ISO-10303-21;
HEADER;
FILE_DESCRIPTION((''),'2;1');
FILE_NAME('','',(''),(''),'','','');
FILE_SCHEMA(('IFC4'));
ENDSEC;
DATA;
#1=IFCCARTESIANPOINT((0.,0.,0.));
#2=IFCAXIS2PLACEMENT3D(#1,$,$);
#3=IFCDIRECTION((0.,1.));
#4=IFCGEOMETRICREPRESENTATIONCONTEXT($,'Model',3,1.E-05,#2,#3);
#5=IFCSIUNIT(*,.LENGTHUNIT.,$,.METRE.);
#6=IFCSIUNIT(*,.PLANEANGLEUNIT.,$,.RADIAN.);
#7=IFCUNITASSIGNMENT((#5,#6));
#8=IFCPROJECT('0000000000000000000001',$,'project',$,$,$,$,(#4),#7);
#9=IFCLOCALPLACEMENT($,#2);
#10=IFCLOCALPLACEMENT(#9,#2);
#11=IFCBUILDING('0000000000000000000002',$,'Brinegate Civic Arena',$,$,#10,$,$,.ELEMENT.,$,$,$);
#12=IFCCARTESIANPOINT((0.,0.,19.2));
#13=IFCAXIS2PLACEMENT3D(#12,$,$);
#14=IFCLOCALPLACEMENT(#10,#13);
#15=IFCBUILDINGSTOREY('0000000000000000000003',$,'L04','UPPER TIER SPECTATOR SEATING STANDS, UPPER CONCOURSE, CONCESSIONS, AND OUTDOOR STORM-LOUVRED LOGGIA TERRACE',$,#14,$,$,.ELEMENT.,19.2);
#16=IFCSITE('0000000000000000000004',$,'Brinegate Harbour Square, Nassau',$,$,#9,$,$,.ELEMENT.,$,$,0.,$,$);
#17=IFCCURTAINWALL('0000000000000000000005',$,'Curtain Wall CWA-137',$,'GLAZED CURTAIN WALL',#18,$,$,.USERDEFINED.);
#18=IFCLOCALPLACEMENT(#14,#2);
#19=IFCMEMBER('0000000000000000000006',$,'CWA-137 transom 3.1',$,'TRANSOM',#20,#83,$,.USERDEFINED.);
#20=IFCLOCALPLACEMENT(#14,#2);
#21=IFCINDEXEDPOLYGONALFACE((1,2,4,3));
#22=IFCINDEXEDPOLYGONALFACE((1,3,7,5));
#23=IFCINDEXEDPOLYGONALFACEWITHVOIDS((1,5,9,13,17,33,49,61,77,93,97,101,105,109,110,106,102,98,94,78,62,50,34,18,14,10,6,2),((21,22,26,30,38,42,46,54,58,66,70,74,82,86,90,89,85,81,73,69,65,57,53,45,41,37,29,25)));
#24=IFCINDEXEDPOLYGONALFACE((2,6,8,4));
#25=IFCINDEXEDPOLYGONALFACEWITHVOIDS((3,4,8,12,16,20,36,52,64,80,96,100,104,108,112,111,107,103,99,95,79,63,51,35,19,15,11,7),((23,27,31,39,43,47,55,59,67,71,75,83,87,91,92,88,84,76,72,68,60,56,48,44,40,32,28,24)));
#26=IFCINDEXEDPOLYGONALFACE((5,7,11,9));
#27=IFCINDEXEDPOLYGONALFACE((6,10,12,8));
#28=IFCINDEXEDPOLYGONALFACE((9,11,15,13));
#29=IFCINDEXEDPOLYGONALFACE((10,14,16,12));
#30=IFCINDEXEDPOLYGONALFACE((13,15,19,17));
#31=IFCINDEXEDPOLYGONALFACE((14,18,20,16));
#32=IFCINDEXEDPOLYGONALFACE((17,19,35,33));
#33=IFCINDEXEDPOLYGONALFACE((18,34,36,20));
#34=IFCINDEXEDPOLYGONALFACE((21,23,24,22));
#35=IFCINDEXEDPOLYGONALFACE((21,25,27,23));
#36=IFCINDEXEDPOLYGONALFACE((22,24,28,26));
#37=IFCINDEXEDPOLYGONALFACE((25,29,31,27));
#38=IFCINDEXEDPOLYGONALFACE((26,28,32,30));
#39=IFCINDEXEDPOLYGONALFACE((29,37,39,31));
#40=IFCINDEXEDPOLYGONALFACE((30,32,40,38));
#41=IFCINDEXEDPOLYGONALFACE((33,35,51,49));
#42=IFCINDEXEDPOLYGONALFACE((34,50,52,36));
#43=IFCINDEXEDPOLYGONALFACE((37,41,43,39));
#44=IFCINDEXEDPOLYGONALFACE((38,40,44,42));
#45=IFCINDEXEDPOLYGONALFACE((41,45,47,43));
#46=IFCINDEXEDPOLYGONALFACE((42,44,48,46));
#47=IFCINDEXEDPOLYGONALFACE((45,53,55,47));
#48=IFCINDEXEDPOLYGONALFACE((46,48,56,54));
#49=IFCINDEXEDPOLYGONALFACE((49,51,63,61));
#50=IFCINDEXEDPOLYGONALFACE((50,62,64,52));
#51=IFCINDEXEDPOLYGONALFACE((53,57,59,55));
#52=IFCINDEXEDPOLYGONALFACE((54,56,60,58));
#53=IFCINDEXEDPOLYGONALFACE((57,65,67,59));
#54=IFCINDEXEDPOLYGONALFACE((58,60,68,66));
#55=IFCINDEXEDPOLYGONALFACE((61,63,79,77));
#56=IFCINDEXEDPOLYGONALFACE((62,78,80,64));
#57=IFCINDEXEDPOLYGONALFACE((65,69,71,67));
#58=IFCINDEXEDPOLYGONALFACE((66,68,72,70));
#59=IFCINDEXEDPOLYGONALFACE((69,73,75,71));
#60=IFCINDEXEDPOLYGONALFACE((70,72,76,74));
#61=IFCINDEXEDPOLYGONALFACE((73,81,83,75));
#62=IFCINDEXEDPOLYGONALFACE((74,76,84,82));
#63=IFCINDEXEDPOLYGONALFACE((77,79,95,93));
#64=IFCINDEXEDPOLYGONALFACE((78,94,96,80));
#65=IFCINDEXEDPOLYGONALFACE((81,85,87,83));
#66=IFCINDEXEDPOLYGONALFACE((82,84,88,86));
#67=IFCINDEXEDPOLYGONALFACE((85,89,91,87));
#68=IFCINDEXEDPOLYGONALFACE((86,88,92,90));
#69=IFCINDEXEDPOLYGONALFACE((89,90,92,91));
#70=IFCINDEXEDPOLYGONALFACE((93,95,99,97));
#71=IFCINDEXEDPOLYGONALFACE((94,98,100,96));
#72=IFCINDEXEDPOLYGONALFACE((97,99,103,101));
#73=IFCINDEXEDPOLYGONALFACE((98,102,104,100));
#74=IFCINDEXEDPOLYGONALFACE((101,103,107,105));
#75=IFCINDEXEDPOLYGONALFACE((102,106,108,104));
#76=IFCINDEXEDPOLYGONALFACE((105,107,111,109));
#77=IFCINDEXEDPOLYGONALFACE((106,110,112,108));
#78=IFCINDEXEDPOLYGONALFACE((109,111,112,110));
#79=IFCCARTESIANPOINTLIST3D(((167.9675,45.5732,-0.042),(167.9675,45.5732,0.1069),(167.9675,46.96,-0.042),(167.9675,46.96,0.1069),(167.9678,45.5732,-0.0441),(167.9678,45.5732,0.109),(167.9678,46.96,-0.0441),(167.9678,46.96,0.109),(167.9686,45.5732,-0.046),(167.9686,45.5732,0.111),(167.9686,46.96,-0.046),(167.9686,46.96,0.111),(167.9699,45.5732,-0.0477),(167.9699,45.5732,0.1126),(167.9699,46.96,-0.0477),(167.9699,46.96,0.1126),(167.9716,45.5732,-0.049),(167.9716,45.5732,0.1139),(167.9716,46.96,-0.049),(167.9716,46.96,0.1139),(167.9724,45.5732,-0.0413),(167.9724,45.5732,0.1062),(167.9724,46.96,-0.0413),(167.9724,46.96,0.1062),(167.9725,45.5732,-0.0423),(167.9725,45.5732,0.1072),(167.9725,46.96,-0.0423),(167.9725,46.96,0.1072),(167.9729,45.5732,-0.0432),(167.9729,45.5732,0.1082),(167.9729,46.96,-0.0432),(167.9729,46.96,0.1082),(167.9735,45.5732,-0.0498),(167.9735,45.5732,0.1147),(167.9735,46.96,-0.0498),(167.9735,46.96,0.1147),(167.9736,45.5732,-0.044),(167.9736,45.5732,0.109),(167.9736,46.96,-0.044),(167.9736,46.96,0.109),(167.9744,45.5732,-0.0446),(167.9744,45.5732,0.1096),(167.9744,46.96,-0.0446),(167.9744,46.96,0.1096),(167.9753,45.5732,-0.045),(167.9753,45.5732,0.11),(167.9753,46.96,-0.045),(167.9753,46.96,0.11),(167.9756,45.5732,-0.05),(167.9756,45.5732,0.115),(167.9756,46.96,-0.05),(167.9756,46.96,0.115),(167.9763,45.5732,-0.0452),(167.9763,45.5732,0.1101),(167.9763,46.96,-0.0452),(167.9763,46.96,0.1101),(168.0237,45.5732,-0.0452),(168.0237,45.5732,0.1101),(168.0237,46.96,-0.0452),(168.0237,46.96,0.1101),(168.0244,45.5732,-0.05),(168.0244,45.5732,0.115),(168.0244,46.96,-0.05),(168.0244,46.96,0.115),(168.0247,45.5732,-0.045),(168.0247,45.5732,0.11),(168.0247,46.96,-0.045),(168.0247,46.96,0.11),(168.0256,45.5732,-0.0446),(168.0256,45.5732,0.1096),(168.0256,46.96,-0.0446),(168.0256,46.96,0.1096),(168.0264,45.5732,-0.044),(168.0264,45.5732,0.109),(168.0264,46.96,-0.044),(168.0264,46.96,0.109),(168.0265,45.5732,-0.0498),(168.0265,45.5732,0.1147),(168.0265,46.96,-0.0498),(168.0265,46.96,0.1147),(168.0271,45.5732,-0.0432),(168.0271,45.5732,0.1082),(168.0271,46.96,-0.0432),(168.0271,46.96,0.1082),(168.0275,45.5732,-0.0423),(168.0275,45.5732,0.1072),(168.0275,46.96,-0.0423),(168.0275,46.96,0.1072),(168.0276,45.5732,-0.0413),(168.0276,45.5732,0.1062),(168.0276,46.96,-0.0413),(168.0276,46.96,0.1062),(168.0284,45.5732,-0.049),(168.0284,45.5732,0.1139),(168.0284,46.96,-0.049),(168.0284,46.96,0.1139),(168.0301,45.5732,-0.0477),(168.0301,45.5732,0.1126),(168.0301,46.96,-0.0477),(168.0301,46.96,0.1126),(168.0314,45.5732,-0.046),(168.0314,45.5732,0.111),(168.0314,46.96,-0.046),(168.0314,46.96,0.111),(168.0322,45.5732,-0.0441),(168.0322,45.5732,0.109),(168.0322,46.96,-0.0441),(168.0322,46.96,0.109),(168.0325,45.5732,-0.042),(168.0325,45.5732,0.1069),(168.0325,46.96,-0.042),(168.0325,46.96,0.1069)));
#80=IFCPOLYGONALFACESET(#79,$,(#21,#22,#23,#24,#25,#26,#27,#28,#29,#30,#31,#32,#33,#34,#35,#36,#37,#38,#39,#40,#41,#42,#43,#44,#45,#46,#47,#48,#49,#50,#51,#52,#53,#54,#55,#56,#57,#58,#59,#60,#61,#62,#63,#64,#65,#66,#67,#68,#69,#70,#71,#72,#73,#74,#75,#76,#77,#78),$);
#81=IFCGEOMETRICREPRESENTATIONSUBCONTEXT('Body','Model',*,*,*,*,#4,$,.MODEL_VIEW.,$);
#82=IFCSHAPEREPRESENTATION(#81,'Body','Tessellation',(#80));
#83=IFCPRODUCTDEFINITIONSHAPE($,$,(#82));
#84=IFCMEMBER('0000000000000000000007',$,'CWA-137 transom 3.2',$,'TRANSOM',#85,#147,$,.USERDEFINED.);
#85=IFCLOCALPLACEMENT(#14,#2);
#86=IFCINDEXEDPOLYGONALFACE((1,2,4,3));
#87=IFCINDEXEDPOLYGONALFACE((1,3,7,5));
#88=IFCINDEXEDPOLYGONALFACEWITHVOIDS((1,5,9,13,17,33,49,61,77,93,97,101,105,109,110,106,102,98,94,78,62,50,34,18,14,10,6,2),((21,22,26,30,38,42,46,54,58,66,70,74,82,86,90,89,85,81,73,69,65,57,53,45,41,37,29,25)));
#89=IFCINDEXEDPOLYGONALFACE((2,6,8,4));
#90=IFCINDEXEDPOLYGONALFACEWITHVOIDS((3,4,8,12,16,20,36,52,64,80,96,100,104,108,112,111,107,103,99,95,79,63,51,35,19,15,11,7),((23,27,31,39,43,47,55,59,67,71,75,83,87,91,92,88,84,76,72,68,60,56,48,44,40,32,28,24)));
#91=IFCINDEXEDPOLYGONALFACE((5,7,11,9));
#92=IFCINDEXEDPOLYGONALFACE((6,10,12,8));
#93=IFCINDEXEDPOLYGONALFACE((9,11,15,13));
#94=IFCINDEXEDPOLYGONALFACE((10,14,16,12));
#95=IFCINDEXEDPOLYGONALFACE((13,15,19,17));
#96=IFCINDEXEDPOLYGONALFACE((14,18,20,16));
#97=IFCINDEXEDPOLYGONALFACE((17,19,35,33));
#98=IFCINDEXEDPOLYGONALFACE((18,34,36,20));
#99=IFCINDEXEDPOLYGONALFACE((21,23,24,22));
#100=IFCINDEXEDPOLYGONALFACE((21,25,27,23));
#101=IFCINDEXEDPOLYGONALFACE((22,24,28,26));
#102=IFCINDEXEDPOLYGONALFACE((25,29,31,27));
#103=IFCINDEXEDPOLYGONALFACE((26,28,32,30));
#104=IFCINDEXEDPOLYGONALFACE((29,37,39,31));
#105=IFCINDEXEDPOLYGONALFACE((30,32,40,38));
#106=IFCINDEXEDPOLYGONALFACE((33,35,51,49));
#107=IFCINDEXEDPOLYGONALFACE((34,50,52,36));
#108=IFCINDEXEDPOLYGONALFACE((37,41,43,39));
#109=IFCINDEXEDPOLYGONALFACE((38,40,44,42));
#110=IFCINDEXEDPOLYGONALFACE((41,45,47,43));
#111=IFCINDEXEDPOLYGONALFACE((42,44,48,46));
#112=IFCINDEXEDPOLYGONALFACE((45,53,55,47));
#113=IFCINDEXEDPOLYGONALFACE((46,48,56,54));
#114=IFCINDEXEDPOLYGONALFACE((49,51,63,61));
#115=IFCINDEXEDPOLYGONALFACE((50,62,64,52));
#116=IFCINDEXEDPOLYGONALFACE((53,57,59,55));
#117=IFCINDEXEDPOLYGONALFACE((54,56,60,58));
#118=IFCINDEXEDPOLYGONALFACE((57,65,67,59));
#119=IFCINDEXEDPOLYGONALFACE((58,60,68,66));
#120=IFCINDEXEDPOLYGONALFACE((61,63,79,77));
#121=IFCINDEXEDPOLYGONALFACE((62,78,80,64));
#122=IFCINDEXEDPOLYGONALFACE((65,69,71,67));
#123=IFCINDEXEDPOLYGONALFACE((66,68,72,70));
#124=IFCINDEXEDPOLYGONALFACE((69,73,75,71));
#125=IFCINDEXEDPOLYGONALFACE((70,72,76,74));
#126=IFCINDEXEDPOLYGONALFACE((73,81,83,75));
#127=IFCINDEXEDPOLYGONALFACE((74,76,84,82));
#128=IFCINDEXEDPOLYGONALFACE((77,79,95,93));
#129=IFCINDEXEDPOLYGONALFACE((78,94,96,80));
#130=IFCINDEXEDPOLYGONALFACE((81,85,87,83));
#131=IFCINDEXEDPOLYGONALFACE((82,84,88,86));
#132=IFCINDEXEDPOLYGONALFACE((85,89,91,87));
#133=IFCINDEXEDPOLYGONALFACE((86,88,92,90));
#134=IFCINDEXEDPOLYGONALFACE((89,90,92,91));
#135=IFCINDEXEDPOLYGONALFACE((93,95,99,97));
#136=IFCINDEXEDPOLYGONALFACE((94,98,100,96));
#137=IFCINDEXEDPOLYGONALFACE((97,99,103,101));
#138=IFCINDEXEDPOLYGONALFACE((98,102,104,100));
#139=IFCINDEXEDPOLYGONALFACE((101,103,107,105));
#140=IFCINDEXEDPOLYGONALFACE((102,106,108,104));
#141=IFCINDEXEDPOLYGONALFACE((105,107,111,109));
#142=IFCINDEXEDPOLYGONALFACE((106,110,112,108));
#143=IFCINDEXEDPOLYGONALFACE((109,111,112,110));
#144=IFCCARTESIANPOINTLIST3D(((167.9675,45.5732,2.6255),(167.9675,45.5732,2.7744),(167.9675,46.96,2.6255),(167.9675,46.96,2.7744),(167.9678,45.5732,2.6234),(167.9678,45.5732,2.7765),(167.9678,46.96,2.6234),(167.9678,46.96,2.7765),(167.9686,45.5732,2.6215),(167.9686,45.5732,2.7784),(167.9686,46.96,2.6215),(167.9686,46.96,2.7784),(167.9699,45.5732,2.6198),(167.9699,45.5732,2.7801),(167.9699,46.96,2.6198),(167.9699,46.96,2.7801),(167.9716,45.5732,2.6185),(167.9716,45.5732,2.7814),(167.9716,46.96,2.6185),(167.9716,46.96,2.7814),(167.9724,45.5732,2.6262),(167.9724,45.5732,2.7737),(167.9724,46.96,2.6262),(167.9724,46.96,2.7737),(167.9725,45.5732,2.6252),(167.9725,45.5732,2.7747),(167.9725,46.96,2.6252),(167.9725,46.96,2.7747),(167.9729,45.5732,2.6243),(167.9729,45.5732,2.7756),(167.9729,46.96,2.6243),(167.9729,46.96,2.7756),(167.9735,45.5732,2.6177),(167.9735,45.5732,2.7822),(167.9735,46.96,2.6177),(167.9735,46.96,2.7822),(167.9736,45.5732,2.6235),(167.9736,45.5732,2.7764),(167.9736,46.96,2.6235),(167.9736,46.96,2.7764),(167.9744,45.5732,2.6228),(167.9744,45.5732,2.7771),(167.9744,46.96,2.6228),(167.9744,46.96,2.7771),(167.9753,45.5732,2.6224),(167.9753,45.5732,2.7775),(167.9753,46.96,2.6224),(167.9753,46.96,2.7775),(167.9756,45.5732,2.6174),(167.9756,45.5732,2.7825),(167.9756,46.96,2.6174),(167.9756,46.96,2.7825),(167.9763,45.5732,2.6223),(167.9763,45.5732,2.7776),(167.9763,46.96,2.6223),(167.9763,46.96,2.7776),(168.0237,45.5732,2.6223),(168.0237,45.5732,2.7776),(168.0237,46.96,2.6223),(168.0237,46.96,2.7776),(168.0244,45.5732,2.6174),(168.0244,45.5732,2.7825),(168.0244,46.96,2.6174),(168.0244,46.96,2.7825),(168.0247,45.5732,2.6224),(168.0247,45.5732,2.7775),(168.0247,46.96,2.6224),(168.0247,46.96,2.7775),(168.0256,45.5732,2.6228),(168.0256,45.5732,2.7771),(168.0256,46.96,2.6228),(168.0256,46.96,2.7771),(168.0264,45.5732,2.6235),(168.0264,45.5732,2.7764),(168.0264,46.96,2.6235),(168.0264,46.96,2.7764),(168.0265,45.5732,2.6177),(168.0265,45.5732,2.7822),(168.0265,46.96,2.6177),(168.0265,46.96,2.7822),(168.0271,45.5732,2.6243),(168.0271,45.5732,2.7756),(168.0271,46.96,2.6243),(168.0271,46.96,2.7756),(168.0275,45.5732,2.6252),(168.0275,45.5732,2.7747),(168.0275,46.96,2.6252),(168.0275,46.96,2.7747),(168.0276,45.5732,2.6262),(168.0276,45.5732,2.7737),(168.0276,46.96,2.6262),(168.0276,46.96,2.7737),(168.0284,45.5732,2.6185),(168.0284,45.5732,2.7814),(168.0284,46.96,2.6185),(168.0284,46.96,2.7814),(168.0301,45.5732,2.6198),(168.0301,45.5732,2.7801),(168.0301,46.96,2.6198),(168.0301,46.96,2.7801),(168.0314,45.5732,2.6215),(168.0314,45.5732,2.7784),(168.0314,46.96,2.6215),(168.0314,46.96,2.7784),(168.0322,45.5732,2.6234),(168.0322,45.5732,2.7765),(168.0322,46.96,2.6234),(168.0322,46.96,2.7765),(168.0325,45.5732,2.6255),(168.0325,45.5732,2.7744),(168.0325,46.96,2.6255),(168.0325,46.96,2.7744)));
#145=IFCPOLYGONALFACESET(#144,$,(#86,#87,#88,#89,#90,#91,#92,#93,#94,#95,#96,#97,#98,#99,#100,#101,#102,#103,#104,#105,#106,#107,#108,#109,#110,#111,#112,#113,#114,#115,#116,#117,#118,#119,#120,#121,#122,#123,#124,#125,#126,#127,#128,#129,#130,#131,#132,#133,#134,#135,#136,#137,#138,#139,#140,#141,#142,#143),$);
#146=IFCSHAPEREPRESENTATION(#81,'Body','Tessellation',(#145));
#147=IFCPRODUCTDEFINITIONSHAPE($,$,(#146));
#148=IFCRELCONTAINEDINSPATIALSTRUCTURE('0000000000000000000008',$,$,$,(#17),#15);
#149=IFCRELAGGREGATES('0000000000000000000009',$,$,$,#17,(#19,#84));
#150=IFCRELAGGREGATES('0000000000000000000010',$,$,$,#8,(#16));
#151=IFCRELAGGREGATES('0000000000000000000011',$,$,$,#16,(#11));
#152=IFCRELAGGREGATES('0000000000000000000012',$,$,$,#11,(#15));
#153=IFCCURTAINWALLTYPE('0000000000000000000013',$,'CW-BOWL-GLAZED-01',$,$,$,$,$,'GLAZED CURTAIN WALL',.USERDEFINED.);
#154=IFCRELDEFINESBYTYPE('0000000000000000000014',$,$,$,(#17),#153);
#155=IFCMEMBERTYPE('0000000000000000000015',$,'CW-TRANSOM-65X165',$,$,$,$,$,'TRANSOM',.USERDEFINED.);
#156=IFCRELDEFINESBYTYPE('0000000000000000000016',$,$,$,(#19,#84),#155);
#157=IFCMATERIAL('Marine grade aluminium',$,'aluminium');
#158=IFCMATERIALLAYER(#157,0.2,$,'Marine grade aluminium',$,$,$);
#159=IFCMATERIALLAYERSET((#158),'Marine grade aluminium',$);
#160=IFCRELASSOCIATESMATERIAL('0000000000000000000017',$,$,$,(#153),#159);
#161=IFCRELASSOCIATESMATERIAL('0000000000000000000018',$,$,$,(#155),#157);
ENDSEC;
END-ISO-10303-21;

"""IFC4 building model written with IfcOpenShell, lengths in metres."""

from ifc_helpers import new_model, si_unit, direction, frame, origin, origin_2d, place, context, subcontext, project, spatial, hollow_rectangle, extrude, material, layer, layer_set, material_profile, profile_set, type_object, element, aggregate, save


model = new_model("IFC4")

# Units and contexts
model_context = context("Model", 3, precision=1e-05, world=origin(), true_north=direction((0.0, 1.0)))
body_context = subcontext(model_context, "Body", "Model", "MODEL_VIEW")
ifc_project = project(units=[si_unit("LENGTHUNIT", "METRE"), si_unit("PLANEANGLEUNIT", "RADIAN")], contexts=[model_context])

# Site, building, storey
site_placement = place(None, origin())
site = spatial("IfcSite", under=ifc_project, at=site_placement, Name="Brinegate Harbour Square, Nassau", CompositionType="ELEMENT", RefElevation=0.0)
building_placement = place(site_placement, origin())
building = spatial("IfcBuilding", under=site, at=building_placement, Name="Brinegate Civic Arena", CompositionType="ELEMENT")
storey_placement = place(building_placement, frame((0.0, 0.0, 19.2)))
storey = spatial("IfcBuildingStorey", under=building, at=storey_placement, Name="L04", Description="UPPER TIER SPECTATOR SEATING STANDS, UPPER CONCOURSE, CONCESSIONS, AND OUTDOOR STORM-LOUVRED LOGGIA TERRACE", CompositionType="ELEMENT", Elevation=19.2)

# Curtain wall, members
ifc_material_1 = material(Name="Marine grade aluminium", Category="aluminium")
ifc_layer_1 = layer(ifc_material_1, 0.2, Name="Marine grade aluminium")
ifc_layer_set_1 = layer_set([ifc_layer_1], Name="Marine grade aluminium")
curtain_wall_type = type_object("IfcCurtainWallType", Name="CW-BOWL-GLAZED-01", ElementType="GLAZED CURTAIN WALL", PredefinedType="USERDEFINED", material=ifc_layer_set_1)
curtain_wall_placement = place(storey_placement, origin())
curtain_wall = element("IfcCurtainWall", 1, at=curtain_wall_placement, inside=storey, type_object=curtain_wall_type, Name="Curtain Wall CWA-137", ObjectType="GLAZED CURTAIN WALL", PredefinedType="USERDEFINED")
ifc_material_profile_1 = material_profile(ifc_material_1, hollow_rectangle(XDim=0.0649, YDim=0.165, WallThickness=0.0049, InnerFilletRadius=0.0039, OuterFilletRadius=0.0081, at=origin_2d()), Name="TRN65X165")
ifc_profile_set_1 = profile_set([ifc_material_profile_1], Name="Marine grade aluminium")
member_type_1 = type_object("IfcMemberType", Name="CW-TRANSOM-65X165", ElementType="TRANSOM", PredefinedType="USERDEFINED", material=ifc_profile_set_1)
member_1_placement = place(storey_placement, frame((168.0, 45.5732, 0.0325), z_axis=(0.0, 1.0, 0.0), x_axis=(-1.0, 0.0, 0.0)))
member_1 = element("IfcMember", 2, at=member_1_placement, type_object=member_type_1, Name="CWA-137 transom 3.1", ObjectType="TRANSOM", PredefinedType="USERDEFINED", context=body_context, shape_type="SweptSolid", body=[
    extrude(hollow_rectangle(XDim=0.0649, YDim=0.165, WallThickness=0.0049, InnerFilletRadius=0.0039, OuterFilletRadius=0.0081, at=origin_2d()), origin(), (0.0, 0.0, 1.0), 1.3867),
])
member_2_placement = place(storey_placement, frame((168.0, 45.5732, 2.7), z_axis=(0.0, 1.0, 0.0), x_axis=(-1.0, 0.0, 0.0)))
member_2 = element("IfcMember", 3, at=member_2_placement, type_object=member_type_1, Name="CWA-137 transom 3.2", ObjectType="TRANSOM", PredefinedType="USERDEFINED", context=body_context, shape_type="SweptSolid", body=[
    extrude(hollow_rectangle(XDim=0.0649, YDim=0.165, WallThickness=0.0049, InnerFilletRadius=0.0039, OuterFilletRadius=0.0081, at=origin_2d()), origin(), (0.0, 0.0, 1.0), 1.3867),
])
aggregate(curtain_wall, [member_1, member_2])

save(model, "model.ifc")
